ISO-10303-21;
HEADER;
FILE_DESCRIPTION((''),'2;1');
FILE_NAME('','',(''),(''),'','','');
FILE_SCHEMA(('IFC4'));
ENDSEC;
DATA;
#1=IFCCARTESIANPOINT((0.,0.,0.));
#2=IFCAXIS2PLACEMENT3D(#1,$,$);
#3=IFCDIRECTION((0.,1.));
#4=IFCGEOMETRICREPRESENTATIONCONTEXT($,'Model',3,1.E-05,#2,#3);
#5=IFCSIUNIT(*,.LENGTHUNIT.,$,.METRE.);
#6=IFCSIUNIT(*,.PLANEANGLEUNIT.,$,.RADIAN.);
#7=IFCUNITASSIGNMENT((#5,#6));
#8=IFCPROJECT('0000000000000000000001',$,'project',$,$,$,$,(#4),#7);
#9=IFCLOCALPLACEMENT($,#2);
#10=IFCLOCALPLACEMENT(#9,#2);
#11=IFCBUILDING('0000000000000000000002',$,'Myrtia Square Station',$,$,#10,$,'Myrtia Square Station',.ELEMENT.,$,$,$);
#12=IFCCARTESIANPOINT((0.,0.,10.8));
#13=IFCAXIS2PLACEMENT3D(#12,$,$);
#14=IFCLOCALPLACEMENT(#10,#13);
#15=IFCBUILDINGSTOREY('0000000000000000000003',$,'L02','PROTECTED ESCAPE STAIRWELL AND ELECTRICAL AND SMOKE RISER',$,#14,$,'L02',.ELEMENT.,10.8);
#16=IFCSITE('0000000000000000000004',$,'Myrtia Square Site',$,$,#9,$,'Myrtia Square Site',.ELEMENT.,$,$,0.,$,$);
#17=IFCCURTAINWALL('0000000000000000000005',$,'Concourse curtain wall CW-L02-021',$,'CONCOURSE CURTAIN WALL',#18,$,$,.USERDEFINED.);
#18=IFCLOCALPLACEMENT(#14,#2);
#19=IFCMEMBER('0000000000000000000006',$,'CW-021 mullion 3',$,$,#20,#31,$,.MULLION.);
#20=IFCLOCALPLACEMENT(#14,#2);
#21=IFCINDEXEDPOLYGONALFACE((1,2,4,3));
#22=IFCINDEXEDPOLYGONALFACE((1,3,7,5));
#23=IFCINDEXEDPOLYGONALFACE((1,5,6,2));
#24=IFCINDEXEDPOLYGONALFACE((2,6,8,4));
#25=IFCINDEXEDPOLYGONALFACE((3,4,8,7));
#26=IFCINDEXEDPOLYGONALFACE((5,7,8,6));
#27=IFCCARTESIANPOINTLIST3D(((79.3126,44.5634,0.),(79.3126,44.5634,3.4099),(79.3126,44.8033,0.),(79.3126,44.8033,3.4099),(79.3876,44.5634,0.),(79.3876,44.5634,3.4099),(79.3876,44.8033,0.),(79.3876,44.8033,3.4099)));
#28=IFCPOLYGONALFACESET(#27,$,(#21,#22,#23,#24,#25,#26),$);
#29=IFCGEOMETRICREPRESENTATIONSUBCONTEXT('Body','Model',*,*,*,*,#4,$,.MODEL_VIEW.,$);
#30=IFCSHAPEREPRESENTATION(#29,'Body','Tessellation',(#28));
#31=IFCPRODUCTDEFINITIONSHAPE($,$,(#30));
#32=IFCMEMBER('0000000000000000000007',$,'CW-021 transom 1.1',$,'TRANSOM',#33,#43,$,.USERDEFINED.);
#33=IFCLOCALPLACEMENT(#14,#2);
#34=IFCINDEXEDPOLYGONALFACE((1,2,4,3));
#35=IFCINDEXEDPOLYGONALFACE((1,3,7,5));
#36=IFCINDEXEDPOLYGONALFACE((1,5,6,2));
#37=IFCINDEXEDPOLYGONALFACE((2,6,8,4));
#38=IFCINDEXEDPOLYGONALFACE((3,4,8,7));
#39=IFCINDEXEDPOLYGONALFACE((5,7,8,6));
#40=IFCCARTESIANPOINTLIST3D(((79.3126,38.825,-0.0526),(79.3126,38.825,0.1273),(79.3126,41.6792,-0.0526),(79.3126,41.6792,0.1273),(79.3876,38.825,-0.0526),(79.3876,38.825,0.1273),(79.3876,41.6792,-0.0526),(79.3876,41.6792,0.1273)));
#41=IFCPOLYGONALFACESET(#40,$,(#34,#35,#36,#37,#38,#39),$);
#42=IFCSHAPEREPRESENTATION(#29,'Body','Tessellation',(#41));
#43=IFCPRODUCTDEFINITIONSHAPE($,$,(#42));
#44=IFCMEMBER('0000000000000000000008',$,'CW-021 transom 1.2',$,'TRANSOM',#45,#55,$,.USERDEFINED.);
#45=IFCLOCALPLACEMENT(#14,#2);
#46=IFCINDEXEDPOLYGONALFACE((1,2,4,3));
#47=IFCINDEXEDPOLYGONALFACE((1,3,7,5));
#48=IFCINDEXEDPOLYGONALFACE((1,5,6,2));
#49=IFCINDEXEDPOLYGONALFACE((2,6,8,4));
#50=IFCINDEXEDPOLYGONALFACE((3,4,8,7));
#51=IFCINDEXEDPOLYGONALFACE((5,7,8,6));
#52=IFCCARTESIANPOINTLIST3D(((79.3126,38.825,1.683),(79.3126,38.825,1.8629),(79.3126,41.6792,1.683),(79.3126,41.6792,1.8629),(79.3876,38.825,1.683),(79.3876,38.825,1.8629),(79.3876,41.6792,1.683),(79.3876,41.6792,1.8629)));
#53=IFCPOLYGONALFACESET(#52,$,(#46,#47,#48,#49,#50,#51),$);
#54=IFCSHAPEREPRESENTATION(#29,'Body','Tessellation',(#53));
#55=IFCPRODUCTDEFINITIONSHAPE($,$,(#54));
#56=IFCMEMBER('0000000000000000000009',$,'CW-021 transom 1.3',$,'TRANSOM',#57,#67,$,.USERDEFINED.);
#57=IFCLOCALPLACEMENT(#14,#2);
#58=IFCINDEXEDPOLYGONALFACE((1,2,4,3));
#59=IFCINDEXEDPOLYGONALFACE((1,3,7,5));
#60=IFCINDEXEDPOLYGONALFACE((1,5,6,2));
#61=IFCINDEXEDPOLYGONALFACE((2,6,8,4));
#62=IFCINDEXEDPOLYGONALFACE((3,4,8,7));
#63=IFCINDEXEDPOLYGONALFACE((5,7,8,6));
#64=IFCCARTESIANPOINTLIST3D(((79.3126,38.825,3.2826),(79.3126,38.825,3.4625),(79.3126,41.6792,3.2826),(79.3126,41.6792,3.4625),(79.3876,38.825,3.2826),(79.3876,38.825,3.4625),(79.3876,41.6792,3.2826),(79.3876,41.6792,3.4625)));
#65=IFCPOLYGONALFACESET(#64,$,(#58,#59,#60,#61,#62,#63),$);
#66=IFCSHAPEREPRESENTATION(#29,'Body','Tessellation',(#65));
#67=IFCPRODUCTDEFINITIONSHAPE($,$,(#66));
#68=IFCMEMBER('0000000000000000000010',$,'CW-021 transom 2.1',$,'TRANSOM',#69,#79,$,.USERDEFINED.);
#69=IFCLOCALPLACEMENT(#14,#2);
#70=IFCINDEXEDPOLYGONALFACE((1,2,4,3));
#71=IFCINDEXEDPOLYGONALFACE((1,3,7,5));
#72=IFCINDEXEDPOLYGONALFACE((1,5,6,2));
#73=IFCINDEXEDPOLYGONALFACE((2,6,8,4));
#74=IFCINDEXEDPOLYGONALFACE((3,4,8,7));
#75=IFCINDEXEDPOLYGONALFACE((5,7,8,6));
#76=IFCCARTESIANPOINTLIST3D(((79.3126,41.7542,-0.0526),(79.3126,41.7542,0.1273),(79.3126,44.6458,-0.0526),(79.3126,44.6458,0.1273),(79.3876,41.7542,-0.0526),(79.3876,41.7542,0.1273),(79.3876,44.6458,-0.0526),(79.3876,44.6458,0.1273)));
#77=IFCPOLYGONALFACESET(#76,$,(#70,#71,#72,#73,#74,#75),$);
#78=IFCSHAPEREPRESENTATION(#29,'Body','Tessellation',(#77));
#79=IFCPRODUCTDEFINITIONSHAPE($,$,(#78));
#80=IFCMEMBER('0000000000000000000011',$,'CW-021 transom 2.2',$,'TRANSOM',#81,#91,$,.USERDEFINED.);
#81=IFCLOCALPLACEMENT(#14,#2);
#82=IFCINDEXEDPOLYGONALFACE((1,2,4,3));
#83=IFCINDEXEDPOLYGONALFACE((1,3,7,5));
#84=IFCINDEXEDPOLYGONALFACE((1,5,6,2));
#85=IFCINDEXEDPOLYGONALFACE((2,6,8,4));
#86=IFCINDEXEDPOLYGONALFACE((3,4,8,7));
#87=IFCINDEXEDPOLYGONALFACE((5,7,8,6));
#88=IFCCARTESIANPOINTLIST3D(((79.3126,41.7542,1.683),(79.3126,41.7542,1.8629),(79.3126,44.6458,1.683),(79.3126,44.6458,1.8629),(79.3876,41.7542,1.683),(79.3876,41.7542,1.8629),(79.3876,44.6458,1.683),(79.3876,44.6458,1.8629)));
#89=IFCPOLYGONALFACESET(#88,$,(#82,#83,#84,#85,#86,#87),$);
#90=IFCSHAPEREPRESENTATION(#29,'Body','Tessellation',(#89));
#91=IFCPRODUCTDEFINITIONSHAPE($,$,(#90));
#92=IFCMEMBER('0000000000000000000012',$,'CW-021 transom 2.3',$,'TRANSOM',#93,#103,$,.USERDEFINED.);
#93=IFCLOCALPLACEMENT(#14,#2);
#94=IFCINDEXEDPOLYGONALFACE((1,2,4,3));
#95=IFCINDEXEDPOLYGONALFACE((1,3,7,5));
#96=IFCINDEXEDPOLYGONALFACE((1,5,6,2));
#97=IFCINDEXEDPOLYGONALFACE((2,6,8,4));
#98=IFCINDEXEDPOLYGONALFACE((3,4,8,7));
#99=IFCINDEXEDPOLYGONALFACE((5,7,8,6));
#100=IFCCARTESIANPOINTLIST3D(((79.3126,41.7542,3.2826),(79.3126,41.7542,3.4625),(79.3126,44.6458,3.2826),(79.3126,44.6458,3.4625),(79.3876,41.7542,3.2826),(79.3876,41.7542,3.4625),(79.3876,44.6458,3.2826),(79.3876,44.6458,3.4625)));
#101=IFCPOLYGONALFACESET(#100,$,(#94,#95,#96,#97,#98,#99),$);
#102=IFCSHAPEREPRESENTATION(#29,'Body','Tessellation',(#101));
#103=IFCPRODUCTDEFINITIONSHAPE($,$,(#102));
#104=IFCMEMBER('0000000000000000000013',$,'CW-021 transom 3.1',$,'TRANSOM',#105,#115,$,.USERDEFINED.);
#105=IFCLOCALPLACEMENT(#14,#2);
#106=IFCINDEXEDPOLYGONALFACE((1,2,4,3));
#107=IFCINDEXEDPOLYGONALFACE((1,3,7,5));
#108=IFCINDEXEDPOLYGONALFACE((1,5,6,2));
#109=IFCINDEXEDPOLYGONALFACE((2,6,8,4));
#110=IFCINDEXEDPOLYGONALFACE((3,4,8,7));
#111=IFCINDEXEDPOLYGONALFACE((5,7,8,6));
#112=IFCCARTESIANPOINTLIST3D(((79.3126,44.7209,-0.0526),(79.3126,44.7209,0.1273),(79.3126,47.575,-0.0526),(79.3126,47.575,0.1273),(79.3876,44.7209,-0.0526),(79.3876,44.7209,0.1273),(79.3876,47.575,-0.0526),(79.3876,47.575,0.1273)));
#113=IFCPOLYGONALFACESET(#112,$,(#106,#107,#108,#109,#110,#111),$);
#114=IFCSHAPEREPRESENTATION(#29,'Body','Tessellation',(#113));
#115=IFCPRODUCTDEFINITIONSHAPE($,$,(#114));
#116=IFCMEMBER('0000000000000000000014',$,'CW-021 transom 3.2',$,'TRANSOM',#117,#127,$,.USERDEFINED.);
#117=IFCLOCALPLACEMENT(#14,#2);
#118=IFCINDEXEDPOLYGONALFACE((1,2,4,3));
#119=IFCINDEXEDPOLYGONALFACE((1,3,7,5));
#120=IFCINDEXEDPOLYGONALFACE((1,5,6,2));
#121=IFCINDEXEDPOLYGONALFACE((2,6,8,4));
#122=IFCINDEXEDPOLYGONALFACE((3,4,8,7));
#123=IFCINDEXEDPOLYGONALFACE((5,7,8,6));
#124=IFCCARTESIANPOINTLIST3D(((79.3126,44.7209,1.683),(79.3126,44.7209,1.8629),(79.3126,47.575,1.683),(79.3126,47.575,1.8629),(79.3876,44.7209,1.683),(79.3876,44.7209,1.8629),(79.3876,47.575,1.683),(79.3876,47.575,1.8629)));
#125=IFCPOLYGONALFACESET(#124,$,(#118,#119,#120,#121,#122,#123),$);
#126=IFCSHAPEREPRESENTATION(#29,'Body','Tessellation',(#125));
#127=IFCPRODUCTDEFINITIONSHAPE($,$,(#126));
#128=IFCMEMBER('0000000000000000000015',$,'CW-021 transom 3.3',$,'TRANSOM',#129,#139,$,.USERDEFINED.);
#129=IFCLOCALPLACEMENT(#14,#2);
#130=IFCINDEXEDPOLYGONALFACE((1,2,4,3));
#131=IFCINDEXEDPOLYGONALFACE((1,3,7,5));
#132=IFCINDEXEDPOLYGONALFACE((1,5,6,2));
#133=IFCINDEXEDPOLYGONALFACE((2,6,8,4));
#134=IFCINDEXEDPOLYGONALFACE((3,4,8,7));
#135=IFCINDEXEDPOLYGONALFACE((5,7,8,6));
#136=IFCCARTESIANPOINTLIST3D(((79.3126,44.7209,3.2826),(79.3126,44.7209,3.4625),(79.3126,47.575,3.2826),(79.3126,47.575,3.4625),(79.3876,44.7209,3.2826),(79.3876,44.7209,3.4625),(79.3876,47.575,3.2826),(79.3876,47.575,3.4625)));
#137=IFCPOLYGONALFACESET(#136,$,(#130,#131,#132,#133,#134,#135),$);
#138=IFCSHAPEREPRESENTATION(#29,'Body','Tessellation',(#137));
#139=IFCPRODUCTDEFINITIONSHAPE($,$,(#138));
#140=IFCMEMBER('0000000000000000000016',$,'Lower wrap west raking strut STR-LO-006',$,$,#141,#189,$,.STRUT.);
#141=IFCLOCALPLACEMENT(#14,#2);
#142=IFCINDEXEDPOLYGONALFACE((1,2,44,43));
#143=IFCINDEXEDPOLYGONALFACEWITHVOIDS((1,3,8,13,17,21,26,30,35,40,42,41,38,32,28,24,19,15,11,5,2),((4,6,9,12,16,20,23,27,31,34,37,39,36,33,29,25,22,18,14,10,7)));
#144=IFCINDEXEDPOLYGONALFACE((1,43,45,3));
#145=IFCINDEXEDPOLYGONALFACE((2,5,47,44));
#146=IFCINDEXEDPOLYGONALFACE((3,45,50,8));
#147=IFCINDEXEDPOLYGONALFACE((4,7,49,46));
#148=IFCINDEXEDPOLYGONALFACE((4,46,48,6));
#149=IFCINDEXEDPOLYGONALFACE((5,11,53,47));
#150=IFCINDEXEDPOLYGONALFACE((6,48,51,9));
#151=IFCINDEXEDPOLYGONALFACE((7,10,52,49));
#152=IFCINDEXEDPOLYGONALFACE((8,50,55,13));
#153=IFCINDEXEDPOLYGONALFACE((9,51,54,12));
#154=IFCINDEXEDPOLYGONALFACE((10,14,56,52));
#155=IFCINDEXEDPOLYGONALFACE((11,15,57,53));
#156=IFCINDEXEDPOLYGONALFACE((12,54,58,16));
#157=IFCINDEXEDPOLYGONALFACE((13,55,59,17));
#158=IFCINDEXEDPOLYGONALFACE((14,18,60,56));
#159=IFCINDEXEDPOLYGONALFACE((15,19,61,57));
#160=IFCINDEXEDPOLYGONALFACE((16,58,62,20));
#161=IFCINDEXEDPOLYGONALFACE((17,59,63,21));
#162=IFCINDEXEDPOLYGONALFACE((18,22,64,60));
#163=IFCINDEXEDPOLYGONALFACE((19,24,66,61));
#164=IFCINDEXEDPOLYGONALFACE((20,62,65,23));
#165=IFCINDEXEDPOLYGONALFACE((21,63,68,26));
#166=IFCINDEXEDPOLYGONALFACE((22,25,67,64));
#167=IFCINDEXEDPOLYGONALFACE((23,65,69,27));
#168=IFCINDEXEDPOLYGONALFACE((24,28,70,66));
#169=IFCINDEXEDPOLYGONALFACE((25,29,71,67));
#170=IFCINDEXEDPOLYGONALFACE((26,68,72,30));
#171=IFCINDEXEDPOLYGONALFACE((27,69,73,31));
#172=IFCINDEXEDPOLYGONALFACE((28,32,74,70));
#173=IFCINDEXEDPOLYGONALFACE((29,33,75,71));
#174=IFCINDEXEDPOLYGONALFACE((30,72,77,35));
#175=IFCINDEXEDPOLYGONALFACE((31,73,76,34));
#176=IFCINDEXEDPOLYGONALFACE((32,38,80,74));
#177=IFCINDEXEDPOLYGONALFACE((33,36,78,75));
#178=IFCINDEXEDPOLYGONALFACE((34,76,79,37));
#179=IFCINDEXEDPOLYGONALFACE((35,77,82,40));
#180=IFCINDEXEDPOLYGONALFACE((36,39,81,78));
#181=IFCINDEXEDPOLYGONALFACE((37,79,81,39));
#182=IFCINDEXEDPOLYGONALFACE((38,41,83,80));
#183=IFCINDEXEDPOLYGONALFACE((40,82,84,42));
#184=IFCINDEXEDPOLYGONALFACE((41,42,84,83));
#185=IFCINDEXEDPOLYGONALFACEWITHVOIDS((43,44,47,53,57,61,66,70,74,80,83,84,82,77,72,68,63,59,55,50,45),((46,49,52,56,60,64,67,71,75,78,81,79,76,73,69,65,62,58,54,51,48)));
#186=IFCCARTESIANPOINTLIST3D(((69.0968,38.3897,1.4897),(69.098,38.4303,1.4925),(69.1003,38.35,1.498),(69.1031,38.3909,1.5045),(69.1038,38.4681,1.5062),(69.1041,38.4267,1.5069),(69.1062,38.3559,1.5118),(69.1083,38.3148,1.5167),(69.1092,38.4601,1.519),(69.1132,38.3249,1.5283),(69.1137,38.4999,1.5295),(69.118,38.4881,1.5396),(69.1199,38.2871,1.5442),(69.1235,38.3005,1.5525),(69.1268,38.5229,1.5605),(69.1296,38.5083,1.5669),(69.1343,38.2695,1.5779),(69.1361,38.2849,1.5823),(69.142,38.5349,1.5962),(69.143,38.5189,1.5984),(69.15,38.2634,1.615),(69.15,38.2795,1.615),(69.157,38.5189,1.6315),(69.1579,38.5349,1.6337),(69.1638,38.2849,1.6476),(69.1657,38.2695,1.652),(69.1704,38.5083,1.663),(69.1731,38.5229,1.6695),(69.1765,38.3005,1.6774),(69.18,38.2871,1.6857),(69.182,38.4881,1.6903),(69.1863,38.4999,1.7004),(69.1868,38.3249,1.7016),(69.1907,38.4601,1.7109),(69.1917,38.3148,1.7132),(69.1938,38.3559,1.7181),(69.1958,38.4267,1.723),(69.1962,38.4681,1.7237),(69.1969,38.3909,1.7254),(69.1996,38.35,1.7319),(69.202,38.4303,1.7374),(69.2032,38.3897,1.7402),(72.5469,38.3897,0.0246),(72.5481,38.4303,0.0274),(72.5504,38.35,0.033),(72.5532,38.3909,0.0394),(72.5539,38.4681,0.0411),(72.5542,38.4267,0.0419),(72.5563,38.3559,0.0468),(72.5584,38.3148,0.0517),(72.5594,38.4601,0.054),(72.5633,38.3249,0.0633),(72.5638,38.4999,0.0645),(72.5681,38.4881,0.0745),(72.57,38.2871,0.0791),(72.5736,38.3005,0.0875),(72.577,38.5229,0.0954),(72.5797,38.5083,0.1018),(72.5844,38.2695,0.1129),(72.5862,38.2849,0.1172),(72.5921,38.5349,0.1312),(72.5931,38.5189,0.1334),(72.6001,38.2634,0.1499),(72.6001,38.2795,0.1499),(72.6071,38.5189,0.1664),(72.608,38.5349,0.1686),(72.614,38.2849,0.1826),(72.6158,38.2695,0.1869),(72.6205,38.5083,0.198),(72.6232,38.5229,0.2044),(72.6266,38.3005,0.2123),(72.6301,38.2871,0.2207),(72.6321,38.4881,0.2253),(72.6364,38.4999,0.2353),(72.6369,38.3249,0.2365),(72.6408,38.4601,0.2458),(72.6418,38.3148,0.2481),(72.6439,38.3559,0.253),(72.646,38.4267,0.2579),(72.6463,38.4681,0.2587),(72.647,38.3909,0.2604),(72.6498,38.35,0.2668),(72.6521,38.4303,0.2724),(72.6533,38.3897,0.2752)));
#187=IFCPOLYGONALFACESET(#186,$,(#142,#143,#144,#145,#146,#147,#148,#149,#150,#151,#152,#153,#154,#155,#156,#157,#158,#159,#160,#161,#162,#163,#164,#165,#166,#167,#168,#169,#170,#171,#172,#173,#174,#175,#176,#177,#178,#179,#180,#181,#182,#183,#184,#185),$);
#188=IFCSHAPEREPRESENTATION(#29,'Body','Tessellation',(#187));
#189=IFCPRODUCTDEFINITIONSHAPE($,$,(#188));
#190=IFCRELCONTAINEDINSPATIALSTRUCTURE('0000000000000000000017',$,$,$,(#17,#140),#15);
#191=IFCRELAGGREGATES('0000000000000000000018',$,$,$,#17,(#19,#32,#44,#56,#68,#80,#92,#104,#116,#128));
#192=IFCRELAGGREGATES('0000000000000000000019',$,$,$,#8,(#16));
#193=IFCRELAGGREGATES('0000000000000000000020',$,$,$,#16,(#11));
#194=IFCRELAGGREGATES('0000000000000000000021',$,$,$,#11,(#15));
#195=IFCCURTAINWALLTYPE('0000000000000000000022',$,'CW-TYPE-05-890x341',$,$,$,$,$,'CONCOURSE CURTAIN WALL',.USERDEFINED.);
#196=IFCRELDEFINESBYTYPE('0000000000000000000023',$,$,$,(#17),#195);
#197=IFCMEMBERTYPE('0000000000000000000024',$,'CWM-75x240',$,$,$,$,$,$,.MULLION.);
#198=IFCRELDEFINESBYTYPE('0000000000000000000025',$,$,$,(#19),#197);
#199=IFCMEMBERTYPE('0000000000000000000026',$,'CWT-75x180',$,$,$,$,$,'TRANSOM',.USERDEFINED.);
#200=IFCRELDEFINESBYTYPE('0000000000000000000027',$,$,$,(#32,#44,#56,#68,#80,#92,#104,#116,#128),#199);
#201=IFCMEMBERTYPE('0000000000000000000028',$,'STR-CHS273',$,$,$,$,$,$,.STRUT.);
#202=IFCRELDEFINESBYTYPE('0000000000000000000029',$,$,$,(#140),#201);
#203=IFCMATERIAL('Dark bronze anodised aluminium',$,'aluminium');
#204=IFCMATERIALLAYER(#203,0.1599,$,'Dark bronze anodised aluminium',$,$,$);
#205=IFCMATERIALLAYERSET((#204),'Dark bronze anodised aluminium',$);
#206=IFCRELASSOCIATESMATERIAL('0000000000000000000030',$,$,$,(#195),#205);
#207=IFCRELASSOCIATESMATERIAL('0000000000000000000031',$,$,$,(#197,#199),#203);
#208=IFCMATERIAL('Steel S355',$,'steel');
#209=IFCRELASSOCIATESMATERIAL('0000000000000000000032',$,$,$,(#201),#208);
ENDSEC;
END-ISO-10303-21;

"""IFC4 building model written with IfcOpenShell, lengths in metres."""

from ifc_helpers import new_model, si_unit, direction, frame, origin, origin_2d, place, context, subcontext, project, spatial, rectangle, hollow_circle, extrude, material, layer, layer_set, material_profile, profile_set, type_object, element, aggregate, save


model = new_model("IFC4")

# Units and contexts
model_context = context("Model", 3, precision=1e-05, world=origin(), true_north=direction((0.0, 1.0)))
body_context = subcontext(model_context, "Body", "Model", "MODEL_VIEW")
ifc_project = project(units=[si_unit("LENGTHUNIT", "METRE"), si_unit("PLANEANGLEUNIT", "RADIAN")], contexts=[model_context])

# Site, building, storey
site_placement = place(None, origin())
site = spatial("IfcSite", under=ifc_project, at=site_placement, Name="Myrtia Square Site", LongName="Myrtia Square Site", CompositionType="ELEMENT", RefElevation=0.0)
building_placement = place(site_placement, origin())
building = spatial("IfcBuilding", under=site, at=building_placement, Name="Myrtia Square Station", LongName="Myrtia Square Station", CompositionType="ELEMENT")
storey_placement = place(building_placement, frame((0.0, 0.0, 10.8)))
storey = spatial("IfcBuildingStorey", under=building, at=storey_placement, Name="L02", Description="PROTECTED ESCAPE STAIRWELL AND ELECTRICAL AND SMOKE RISER", LongName="L02", CompositionType="ELEMENT", Elevation=10.8)

# Shared definitions
ifc_material_1 = material(Name="Steel S355", Category="steel")

# Shared definitions
ifc_material_2 = material(Name="Dark bronze anodised aluminium", Category="aluminium")
ifc_layer_1 = layer(ifc_material_2, 0.1599, Name="Dark bronze anodised aluminium")
ifc_layer_set_1 = layer_set([ifc_layer_1], Name="Dark bronze anodised aluminium")
curtain_wall_type = type_object("IfcCurtainWallType", Name="CW-TYPE-05-890x341", ElementType="CONCOURSE CURTAIN WALL", PredefinedType="USERDEFINED", material=ifc_layer_set_1)
ifc_material_profile_1 = material_profile(ifc_material_2, rectangle(XDim=0.075, YDim=0.24, at=origin_2d()), Name="ALU-M 75x240")
ifc_profile_set_1 = profile_set([ifc_material_profile_1], Name="Dark bronze anodised aluminium")
member_type_1 = type_object("IfcMemberType", Name="CWM-75x240", PredefinedType="MULLION", material=ifc_profile_set_1)

# Curtain wall, members
curtain_wall_1_placement = place(storey_placement, origin())
curtain_wall_1 = element("IfcCurtainWall", 1, at=curtain_wall_1_placement, inside=storey, type_object=curtain_wall_type, Name="Concourse curtain wall CW-L02-021", ObjectType="CONCOURSE CURTAIN WALL", PredefinedType="USERDEFINED")
member_1_placement = place(storey_placement, frame((79.3501, 44.6833, 0.0), z_axis=(0.0, 0.0, 1.0), x_axis=(-1.0, 0.0, 0.0)))
member_1 = element("IfcMember", 2, at=member_1_placement, type_object=member_type_1, Name="CW-021 mullion 3", PredefinedType="MULLION", context=body_context, shape_type="SweptSolid", body=[
    extrude(rectangle(XDim=0.075, YDim=0.24, at=origin_2d()), origin(), (0.0, 0.0, 1.0), 3.4099),
])
ifc_material_profile_2 = material_profile(ifc_material_2, rectangle(XDim=0.075, YDim=0.1799, at=origin_2d()), Name="ALU-T 75x180")
ifc_profile_set_2 = profile_set([ifc_material_profile_2], Name="Dark bronze anodised aluminium")
member_type_2 = type_object("IfcMemberType", Name="CWT-75x180", ElementType="TRANSOM", PredefinedType="USERDEFINED", material=ifc_profile_set_2)
member_2_placement = place(storey_placement, frame((79.3501, 38.825, 0.0374), z_axis=(0.0, 1.0, 0.0), x_axis=(-1.0, 0.0, 0.0)))
member_2 = element("IfcMember", 3, at=member_2_placement, type_object=member_type_2, Name="CW-021 transom 1.1", ObjectType="TRANSOM", PredefinedType="USERDEFINED", context=body_context, shape_type="SweptSolid", body=[
    extrude(rectangle(XDim=0.075, YDim=0.1799, at=origin_2d()), origin(), (0.0, 0.0, 1.0), 2.8542),
])
member_3_placement = place(storey_placement, frame((79.3501, 38.825, 1.7729), z_axis=(0.0, 1.0, 0.0), x_axis=(-1.0, 0.0, 0.0)))
member_3 = element("IfcMember", 4, at=member_3_placement, type_object=member_type_2, Name="CW-021 transom 1.2", ObjectType="TRANSOM", PredefinedType="USERDEFINED", context=body_context, shape_type="SweptSolid", body=[
    extrude(rectangle(XDim=0.075, YDim=0.1799, at=origin_2d()), origin(), (0.0, 0.0, 1.0), 2.8542),
])
member_4_placement = place(storey_placement, frame((79.3501, 38.825, 3.3726), z_axis=(0.0, 1.0, 0.0), x_axis=(-1.0, 0.0, 0.0)))
member_4 = element("IfcMember", 5, at=member_4_placement, type_object=member_type_2, Name="CW-021 transom 1.3", ObjectType="TRANSOM", PredefinedType="USERDEFINED", context=body_context, shape_type="SweptSolid", body=[
    extrude(rectangle(XDim=0.075, YDim=0.1799, at=origin_2d()), origin(), (0.0, 0.0, 1.0), 2.8542),
])
member_5_placement = place(storey_placement, frame((79.3501, 41.7542, 0.0374), z_axis=(0.0, 1.0, 0.0), x_axis=(-1.0, 0.0, 0.0)))
member_5 = element("IfcMember", 6, at=member_5_placement, type_object=member_type_2, Name="CW-021 transom 2.1", ObjectType="TRANSOM", PredefinedType="USERDEFINED", context=body_context, shape_type="SweptSolid", body=[
    extrude(rectangle(XDim=0.075, YDim=0.1799, at=origin_2d()), origin(), (0.0, 0.0, 1.0), 2.8916),
])
member_6_placement = place(storey_placement, frame((79.3501, 41.7542, 1.7729), z_axis=(0.0, 1.0, 0.0), x_axis=(-1.0, 0.0, 0.0)))
member_6 = element("IfcMember", 7, at=member_6_placement, type_object=member_type_2, Name="CW-021 transom 2.2", ObjectType="TRANSOM", PredefinedType="USERDEFINED", context=body_context, shape_type="SweptSolid", body=[
    extrude(rectangle(XDim=0.075, YDim=0.1799, at=origin_2d()), origin(), (0.0, 0.0, 1.0), 2.8916),
])
member_7_placement = place(storey_placement, frame((79.3501, 41.7542, 3.3726), z_axis=(0.0, 1.0, 0.0), x_axis=(-1.0, 0.0, 0.0)))
member_7 = element("IfcMember", 8, at=member_7_placement, type_object=member_type_2, Name="CW-021 transom 2.3", ObjectType="TRANSOM", PredefinedType="USERDEFINED", context=body_context, shape_type="SweptSolid", body=[
    extrude(rectangle(XDim=0.075, YDim=0.1799, at=origin_2d()), origin(), (0.0, 0.0, 1.0), 2.8916),
])
member_8_placement = place(storey_placement, frame((79.3501, 44.7209, 0.0374), z_axis=(0.0, 1.0, 0.0), x_axis=(-1.0, 0.0, 0.0)))
member_8 = element("IfcMember", 9, at=member_8_placement, type_object=member_type_2, Name="CW-021 transom 3.1", ObjectType="TRANSOM", PredefinedType="USERDEFINED", context=body_context, shape_type="SweptSolid", body=[
    extrude(rectangle(XDim=0.075, YDim=0.1799, at=origin_2d()), origin(), (0.0, 0.0, 1.0), 2.854),
])
member_9_placement = place(storey_placement, frame((79.3501, 44.7209, 1.7729), z_axis=(0.0, 1.0, 0.0), x_axis=(-1.0, 0.0, 0.0)))
member_9 = element("IfcMember", 10, at=member_9_placement, type_object=member_type_2, Name="CW-021 transom 3.2", ObjectType="TRANSOM", PredefinedType="USERDEFINED", context=body_context, shape_type="SweptSolid", body=[
    extrude(rectangle(XDim=0.075, YDim=0.1799, at=origin_2d()), origin(), (0.0, 0.0, 1.0), 2.854),
])
member_10_placement = place(storey_placement, frame((79.3501, 44.7209, 3.3726), z_axis=(0.0, 1.0, 0.0), x_axis=(-1.0, 0.0, 0.0)))
member_10 = element("IfcMember", 11, at=member_10_placement, type_object=member_type_2, Name="CW-021 transom 3.3", ObjectType="TRANSOM", PredefinedType="USERDEFINED", context=body_context, shape_type="SweptSolid", body=[
    extrude(rectangle(XDim=0.075, YDim=0.1799, at=origin_2d()), origin(), (0.0, 0.0, 1.0), 2.854),
])

# Member
ifc_material_profile_3 = material_profile(ifc_material_1, hollow_circle(Radius=0.1365, WallThickness=0.0161, at=origin_2d()), Name="CHS 273x16")
ifc_profile_set_3 = profile_set([ifc_material_profile_3], Name="Steel S355")
member_type_3 = type_object("IfcMemberType", Name="STR-CHS273", PredefinedType="STRUT", material=ifc_profile_set_3)
member_11_placement = place(storey_placement, frame((72.6001, 38.3999, 0.1499), z_axis=(-0.92045, 0.0, 0.390859), x_axis=(0.0, -1.0, 0.0)))
element("IfcMember", 12, at=member_11_placement, inside=storey, type_object=member_type_3, Name="Lower wrap west raking strut STR-LO-006", PredefinedType="STRUT", context=body_context, shape_type="SweptSolid", body=[
    extrude(hollow_circle(Radius=0.1365, WallThickness=0.0161, at=origin_2d()), origin(), (0.0, 0.0, 1.0), 3.7483),
])

aggregate(curtain_wall_1, [member_1, member_2, member_3, member_4, member_5, member_6, member_7, member_8, member_9, member_10])

save(model, "model.ifc")
